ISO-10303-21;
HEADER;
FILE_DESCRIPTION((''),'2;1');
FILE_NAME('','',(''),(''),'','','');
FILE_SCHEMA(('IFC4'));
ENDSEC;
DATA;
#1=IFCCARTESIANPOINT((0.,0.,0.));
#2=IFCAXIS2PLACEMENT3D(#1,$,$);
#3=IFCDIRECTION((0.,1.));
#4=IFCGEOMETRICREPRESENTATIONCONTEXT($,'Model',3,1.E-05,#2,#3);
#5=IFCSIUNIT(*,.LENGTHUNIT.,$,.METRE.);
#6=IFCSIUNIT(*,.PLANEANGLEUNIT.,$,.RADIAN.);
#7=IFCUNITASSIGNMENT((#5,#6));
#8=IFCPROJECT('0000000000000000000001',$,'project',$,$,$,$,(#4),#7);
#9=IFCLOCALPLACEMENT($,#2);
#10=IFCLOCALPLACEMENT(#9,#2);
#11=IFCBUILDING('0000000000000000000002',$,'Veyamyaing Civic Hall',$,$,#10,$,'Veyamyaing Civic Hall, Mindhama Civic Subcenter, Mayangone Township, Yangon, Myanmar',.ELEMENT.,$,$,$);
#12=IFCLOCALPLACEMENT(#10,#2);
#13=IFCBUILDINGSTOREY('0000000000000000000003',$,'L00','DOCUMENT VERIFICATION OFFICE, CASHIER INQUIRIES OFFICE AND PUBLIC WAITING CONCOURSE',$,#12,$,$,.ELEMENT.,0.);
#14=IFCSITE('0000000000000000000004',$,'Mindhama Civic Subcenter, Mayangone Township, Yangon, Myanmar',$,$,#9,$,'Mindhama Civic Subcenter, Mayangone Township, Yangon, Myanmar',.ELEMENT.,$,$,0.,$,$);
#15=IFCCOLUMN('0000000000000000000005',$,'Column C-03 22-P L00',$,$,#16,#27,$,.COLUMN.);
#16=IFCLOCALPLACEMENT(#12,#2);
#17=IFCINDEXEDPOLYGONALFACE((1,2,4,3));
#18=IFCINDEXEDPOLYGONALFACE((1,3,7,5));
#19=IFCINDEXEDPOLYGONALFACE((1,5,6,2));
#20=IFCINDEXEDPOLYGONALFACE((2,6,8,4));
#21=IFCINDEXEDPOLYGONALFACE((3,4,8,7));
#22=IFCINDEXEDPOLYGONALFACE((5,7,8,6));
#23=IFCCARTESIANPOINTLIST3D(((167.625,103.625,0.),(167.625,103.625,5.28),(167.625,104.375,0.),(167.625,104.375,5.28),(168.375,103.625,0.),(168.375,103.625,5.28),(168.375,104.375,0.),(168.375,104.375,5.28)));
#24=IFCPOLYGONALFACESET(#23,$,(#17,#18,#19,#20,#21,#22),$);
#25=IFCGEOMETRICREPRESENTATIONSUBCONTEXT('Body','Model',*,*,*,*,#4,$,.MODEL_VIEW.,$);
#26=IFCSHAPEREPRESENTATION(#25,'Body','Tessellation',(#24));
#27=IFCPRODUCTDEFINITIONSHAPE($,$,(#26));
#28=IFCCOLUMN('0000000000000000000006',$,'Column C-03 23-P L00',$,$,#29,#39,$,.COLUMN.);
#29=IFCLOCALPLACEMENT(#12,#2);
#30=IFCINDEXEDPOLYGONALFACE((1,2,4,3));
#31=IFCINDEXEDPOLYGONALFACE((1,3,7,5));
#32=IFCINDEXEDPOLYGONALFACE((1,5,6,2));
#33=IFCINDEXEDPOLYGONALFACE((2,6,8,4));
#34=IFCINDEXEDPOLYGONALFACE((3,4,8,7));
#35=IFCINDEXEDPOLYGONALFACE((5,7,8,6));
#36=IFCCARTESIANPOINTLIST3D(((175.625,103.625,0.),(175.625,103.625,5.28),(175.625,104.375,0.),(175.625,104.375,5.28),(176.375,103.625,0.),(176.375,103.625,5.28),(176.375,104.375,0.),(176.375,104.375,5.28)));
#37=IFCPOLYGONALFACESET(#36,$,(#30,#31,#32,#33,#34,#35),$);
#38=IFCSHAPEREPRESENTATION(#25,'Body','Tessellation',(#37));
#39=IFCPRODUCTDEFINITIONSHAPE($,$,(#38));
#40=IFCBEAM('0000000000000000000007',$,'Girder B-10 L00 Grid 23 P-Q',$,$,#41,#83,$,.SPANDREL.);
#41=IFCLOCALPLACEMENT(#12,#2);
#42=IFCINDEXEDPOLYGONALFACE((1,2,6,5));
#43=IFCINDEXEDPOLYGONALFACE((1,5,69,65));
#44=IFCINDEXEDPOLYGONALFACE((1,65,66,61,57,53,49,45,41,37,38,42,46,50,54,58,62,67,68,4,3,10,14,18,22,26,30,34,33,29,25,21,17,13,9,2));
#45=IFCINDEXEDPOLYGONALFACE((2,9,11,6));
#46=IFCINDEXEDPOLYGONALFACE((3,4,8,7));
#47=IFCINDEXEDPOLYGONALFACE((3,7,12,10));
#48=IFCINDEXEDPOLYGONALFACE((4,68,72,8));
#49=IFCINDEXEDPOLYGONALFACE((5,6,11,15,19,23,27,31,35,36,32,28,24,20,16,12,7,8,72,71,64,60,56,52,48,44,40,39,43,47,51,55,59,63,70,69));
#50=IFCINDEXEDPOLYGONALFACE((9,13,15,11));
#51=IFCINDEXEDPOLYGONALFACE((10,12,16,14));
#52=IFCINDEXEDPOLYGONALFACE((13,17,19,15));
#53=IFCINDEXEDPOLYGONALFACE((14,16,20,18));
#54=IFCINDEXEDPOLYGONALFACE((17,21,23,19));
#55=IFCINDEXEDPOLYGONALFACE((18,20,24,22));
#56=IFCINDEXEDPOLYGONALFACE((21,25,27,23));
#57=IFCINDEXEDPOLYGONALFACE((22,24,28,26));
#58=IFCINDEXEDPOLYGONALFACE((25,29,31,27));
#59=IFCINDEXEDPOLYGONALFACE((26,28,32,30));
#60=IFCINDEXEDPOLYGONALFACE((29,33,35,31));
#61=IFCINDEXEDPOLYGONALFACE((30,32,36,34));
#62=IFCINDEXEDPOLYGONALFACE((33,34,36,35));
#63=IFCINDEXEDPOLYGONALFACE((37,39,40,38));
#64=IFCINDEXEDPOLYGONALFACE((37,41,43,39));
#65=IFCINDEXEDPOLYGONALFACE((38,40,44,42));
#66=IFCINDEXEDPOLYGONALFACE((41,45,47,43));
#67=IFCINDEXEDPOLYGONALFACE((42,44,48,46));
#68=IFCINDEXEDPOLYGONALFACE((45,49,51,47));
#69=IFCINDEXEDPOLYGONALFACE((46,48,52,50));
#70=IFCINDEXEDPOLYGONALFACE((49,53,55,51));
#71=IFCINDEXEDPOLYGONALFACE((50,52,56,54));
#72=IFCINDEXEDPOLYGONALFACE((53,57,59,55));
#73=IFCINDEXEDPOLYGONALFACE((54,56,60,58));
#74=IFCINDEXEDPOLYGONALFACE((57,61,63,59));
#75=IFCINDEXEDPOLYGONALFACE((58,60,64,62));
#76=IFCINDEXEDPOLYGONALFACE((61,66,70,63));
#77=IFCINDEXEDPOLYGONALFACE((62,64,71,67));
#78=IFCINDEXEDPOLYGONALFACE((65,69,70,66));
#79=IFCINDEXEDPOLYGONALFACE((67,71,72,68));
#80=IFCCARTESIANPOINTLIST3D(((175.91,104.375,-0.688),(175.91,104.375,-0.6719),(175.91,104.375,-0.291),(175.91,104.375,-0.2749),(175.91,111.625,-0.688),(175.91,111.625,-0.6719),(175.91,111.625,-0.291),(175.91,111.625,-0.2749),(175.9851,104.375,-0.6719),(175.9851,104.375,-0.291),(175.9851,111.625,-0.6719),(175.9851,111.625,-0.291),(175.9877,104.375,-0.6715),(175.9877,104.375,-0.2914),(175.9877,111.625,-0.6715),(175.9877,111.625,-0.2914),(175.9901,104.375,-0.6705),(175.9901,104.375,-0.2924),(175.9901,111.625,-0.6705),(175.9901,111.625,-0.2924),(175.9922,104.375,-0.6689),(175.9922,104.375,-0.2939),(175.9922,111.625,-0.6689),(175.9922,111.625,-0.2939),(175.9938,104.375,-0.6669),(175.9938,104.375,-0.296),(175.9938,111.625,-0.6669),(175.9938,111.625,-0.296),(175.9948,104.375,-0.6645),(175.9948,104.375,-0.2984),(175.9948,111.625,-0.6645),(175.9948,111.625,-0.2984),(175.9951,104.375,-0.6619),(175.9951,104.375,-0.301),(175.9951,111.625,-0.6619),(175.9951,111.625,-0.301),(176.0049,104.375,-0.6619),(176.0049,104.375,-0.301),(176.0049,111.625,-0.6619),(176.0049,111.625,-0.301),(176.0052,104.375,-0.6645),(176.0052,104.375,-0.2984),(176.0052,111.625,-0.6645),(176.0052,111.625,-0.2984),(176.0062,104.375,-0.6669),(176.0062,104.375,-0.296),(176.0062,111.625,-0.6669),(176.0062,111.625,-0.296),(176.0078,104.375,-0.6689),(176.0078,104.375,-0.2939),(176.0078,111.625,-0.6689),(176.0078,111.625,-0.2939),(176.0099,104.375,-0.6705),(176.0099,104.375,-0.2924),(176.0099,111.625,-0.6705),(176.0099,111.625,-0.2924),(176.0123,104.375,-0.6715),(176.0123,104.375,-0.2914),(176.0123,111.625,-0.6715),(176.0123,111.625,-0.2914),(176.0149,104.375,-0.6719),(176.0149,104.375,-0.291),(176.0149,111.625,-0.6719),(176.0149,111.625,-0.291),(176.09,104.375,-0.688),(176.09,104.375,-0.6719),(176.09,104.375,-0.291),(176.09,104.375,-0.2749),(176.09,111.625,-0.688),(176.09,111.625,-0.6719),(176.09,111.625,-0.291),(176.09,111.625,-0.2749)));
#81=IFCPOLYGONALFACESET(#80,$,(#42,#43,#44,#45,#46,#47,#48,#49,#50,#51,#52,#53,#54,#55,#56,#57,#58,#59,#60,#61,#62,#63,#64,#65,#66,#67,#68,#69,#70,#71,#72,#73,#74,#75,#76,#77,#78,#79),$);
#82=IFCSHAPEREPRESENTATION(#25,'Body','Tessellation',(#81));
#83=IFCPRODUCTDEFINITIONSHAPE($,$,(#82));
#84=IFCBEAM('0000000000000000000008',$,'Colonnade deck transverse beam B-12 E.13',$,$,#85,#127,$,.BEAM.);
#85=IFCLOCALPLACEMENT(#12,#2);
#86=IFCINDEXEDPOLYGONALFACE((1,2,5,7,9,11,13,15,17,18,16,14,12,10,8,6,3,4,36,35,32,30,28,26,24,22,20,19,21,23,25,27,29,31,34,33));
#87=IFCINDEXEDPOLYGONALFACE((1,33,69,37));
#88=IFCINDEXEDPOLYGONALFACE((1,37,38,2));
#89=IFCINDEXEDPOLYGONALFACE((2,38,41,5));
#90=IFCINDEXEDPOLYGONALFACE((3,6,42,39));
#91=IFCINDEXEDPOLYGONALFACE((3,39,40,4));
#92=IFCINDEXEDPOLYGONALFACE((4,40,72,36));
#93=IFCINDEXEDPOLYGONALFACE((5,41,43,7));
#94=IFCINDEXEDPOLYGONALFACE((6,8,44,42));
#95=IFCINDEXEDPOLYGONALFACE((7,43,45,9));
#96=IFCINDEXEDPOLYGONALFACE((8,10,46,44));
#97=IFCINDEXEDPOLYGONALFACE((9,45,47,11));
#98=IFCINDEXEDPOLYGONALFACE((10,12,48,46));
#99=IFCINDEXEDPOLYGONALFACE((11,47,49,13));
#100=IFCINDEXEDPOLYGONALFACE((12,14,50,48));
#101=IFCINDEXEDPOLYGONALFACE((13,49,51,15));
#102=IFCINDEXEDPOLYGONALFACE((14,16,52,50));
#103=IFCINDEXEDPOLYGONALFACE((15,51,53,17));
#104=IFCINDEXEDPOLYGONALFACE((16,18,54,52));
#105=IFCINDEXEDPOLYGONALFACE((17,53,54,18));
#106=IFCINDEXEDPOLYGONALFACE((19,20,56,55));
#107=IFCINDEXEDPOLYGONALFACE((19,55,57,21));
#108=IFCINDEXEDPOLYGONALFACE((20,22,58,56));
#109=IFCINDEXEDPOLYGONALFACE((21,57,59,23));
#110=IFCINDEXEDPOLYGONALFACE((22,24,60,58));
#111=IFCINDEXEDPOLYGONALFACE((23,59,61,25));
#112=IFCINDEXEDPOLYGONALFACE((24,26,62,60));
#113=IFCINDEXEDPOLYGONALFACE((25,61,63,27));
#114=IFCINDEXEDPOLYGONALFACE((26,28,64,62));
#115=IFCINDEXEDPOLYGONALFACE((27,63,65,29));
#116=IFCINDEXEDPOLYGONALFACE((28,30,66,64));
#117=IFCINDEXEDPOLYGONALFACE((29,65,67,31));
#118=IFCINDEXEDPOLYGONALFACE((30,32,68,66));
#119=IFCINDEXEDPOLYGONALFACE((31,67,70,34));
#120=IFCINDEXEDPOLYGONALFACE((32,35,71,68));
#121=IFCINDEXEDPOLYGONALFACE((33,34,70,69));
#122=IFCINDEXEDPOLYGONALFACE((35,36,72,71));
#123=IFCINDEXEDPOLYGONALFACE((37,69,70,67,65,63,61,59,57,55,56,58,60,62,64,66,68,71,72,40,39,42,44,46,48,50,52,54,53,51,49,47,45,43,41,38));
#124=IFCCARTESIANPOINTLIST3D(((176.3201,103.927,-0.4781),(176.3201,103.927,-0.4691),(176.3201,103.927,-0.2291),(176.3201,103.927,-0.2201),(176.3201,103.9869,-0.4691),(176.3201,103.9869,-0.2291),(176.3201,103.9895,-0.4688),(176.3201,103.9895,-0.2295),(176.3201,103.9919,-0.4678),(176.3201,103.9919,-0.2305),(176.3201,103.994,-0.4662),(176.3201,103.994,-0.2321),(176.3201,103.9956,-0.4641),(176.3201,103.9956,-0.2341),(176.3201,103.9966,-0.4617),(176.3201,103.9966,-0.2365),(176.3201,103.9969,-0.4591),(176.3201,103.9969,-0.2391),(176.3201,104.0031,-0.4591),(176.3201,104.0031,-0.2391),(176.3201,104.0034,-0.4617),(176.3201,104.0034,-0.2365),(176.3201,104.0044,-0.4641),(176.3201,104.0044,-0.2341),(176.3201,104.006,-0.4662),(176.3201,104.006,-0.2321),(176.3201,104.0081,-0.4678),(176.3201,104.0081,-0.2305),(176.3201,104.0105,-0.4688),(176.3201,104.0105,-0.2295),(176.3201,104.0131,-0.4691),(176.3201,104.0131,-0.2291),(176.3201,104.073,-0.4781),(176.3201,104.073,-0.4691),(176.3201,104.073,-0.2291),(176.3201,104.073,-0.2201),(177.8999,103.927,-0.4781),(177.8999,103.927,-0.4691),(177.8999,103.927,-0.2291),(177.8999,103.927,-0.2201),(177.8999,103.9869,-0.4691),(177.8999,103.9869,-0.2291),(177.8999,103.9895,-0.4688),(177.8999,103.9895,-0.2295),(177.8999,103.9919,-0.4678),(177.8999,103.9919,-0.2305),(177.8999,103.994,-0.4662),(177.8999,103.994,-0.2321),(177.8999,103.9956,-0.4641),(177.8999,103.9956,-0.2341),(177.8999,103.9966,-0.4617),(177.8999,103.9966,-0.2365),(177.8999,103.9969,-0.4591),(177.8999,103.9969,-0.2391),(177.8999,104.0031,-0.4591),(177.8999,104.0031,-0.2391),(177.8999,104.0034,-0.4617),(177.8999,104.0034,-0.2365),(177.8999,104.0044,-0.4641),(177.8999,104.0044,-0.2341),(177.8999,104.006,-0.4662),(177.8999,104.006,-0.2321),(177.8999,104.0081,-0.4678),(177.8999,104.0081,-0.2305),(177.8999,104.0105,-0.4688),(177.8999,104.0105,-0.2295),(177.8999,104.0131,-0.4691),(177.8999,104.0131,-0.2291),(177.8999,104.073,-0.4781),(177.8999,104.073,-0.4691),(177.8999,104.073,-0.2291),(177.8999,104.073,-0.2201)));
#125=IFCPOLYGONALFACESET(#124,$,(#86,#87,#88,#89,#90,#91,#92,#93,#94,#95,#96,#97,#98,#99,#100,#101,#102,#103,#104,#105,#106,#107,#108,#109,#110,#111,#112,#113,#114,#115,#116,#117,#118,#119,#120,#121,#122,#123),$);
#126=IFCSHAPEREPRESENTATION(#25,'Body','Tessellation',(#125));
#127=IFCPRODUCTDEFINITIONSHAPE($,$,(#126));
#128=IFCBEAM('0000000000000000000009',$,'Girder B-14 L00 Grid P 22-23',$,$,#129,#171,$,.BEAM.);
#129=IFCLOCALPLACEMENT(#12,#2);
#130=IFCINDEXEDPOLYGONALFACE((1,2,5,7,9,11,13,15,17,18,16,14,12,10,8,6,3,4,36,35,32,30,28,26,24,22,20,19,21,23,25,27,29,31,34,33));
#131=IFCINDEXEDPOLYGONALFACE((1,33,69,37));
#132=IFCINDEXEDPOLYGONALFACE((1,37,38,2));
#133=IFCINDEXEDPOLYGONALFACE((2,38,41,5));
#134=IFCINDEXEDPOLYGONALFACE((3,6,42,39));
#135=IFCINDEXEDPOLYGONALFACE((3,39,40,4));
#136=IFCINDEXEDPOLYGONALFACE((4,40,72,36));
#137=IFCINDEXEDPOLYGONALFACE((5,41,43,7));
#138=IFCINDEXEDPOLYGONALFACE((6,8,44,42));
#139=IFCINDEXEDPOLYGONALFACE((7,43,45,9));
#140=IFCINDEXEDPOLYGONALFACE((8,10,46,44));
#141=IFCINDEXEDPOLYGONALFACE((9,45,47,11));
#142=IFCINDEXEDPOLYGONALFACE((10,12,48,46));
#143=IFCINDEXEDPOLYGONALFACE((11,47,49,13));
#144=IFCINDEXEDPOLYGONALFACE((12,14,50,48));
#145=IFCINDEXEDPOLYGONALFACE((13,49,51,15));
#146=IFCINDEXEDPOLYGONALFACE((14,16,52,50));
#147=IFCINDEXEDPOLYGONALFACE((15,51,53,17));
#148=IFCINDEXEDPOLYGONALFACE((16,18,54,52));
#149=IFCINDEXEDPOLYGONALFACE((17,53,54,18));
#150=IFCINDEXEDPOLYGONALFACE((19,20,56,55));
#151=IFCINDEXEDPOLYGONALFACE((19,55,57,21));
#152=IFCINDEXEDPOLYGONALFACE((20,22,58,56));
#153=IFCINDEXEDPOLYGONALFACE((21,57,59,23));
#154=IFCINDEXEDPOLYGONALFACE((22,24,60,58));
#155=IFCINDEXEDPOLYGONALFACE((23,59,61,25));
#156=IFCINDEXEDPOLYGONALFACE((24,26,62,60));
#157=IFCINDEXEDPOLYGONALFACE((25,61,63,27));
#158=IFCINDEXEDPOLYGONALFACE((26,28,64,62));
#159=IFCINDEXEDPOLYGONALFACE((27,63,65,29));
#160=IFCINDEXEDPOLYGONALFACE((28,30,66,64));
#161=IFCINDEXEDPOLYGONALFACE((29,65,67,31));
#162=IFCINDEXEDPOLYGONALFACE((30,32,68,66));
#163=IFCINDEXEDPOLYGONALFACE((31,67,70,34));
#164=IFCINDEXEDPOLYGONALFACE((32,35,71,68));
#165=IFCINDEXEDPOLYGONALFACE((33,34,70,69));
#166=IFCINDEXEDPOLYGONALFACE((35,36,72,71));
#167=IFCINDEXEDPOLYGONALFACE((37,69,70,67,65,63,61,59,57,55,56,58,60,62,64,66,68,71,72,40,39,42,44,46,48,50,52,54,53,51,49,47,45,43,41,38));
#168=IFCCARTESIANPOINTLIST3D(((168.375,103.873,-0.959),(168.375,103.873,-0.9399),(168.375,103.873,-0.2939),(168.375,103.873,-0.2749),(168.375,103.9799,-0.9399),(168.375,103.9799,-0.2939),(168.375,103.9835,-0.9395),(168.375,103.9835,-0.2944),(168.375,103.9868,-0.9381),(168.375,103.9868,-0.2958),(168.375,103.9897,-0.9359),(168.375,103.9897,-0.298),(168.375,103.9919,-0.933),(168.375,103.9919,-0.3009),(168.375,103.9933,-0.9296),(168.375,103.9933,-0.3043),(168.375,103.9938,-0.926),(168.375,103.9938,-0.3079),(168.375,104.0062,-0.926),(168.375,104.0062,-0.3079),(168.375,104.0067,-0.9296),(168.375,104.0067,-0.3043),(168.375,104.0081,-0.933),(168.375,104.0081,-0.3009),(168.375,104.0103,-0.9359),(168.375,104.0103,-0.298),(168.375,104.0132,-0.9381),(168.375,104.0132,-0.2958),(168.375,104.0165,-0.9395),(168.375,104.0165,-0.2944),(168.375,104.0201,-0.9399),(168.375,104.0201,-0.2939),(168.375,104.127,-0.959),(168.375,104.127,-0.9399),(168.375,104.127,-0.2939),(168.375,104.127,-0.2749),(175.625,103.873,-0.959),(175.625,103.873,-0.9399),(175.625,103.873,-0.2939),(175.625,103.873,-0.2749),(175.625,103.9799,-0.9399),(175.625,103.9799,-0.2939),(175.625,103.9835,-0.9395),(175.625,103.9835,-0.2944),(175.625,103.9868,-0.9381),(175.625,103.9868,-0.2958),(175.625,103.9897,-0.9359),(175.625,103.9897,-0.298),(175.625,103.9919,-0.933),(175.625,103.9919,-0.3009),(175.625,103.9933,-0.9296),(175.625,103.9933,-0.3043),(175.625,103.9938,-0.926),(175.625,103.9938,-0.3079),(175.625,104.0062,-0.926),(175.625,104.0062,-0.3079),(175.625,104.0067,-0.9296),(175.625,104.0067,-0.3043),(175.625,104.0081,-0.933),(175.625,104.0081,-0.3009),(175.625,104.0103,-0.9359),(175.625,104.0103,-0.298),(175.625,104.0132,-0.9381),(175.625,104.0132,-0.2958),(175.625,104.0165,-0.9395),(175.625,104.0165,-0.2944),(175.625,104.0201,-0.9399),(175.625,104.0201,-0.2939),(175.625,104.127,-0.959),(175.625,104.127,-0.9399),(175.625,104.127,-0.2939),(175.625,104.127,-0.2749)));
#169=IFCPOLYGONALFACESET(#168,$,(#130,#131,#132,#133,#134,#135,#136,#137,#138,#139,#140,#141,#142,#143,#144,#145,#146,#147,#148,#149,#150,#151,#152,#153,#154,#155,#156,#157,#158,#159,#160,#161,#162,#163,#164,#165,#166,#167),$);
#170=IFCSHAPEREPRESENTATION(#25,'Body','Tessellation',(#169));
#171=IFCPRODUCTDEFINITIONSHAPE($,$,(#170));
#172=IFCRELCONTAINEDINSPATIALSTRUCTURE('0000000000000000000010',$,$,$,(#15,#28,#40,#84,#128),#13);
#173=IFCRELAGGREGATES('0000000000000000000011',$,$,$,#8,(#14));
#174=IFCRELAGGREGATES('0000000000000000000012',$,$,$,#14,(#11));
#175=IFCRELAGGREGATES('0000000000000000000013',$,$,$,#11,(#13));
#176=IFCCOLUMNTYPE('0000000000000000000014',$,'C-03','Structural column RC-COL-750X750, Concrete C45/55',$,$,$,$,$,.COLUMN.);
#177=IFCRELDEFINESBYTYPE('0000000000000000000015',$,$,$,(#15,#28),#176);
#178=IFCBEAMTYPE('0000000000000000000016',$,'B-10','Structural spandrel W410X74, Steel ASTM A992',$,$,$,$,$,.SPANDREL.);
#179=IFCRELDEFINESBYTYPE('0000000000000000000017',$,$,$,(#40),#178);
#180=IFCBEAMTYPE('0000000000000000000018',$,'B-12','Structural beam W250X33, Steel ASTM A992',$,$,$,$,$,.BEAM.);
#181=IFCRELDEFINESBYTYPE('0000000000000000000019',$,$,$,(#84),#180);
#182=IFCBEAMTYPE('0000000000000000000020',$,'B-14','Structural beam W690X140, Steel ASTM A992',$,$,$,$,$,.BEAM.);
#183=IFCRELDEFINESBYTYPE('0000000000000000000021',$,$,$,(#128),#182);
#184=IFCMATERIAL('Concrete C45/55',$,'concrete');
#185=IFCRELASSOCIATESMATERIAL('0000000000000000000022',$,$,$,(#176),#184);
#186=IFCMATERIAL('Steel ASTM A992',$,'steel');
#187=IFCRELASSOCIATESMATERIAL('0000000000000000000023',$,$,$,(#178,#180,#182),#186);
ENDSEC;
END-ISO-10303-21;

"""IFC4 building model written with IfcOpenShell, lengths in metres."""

from ifc_helpers import new_model, si_unit, direction, frame, origin, origin_2d, place, context, subcontext, project, spatial, rectangle, i_section, extrude, material, material_profile, profile_set, type_object, element, save


model = new_model("IFC4")

# Units and contexts
model_context = context("Model", 3, precision=1e-05, world=origin(), true_north=direction((0.0, 1.0)))
body_context = subcontext(model_context, "Body", "Model", "MODEL_VIEW")
ifc_project = project(units=[si_unit("LENGTHUNIT", "METRE"), si_unit("PLANEANGLEUNIT", "RADIAN")], contexts=[model_context])

# Site, building, storey
site_placement = place(None, origin())
site = spatial("IfcSite", under=ifc_project, at=site_placement, Name="Mindhama Civic Subcenter, Mayangone Township, Yangon, Myanmar", LongName="Mindhama Civic Subcenter, Mayangone Township, Yangon, Myanmar", CompositionType="ELEMENT", RefElevation=0.0)
building_placement = place(site_placement, origin())
building = spatial("IfcBuilding", under=site, at=building_placement, Name="Veyamyaing Civic Hall", LongName="Veyamyaing Civic Hall, Mindhama Civic Subcenter, Mayangone Township, Yangon, Myanmar", CompositionType="ELEMENT")
storey_placement = place(building_placement, origin())
storey = spatial("IfcBuildingStorey", under=building, at=storey_placement, Name="L00", Description="DOCUMENT VERIFICATION OFFICE, CASHIER INQUIRIES OFFICE AND PUBLIC WAITING CONCOURSE", CompositionType="ELEMENT", Elevation=0.0)

# Columns
ifc_material_1 = material(Name="Concrete C45/55", Category="concrete")
ifc_material_profile_1 = material_profile(ifc_material_1, rectangle(XDim=0.75, YDim=0.75, at=origin_2d()), Name="RC-COL-750X750")
ifc_profile_set_1 = profile_set([ifc_material_profile_1], Name="Concrete C45/55")
column_type = type_object("IfcColumnType", Name="C-03", Description="Structural column RC-COL-750X750, Concrete C45/55", PredefinedType="COLUMN", material=ifc_profile_set_1)
for number, where, z_axis, x_axis, name in (
    (1, (168.0, 104.0, 0.0), (0.0, 0.0, 1.0), (1.0, 0.0, 0.0), "Column C-03 22-P L00"),
    (2, (176.0, 104.0, 0.0), (0.0, 0.0, 1.0), (1.0, 0.0, 0.0), "Column C-03 23-P L00"),
):
    element("IfcColumn", number, at=place(storey_placement, frame(where, z_axis=z_axis, x_axis=x_axis)), inside=storey, type_object=column_type, Name=name, PredefinedType="COLUMN", context=body_context, shape_type="SweptSolid", body=[
        extrude(rectangle(XDim=0.75, YDim=0.75, at=origin_2d()), origin(), (0.0, 0.0, 1.0), 5.28),
    ])

# Beams
ifc_material_2 = material(Name="Steel ASTM A992", Category="steel")
ifc_material_profile_2 = material_profile(ifc_material_2, i_section(OverallWidth=0.1799, OverallDepth=0.4131, WebThickness=0.0098, FlangeThickness=0.0161, FilletRadius=0.01, at=origin_2d()), Name="W410X74")
ifc_profile_set_2 = profile_set([ifc_material_profile_2], Name="Steel ASTM A992")
beam_type_1 = type_object("IfcBeamType", Name="B-10", Description="Structural spandrel W410X74, Steel ASTM A992", PredefinedType="SPANDREL", material=ifc_profile_set_2)
beam_1_placement = place(storey_placement, frame((176.0, 104.375, -0.4814), z_axis=(0.0, 1.0, 0.0), x_axis=(-1.0, 0.0, 0.0)))
element("IfcBeam", 3, at=beam_1_placement, inside=storey, type_object=beam_type_1, Name="Girder B-10 L00 Grid 23 P-Q", PredefinedType="SPANDREL", context=body_context, shape_type="SweptSolid", body=[
    extrude(i_section(OverallWidth=0.1799, OverallDepth=0.4131, WebThickness=0.0098, FlangeThickness=0.0161, FilletRadius=0.01, at=origin_2d()), origin(), (0.0, 0.0, 1.0), 7.25),
])
ifc_material_profile_3 = material_profile(ifc_material_2, i_section(OverallWidth=0.146, OverallDepth=0.2581, WebThickness=0.0061, FlangeThickness=0.009, FilletRadius=0.01, at=origin_2d()), Name="W250X33")
ifc_profile_set_3 = profile_set([ifc_material_profile_3], Name="Steel ASTM A992")
beam_type_2 = type_object("IfcBeamType", Name="B-12", Description="Structural beam W250X33, Steel ASTM A992", PredefinedType="BEAM", material=ifc_profile_set_3)
beam_2_placement = place(storey_placement, frame((176.3201, 104.0, -0.3491), z_axis=(1.0, 0.0, 0.0), x_axis=(0.0, 1.0, 0.0)))
element("IfcBeam", 4, at=beam_2_placement, inside=storey, type_object=beam_type_2, Name="Colonnade deck transverse beam B-12 E.13", PredefinedType="BEAM", context=body_context, shape_type="SweptSolid", body=[
    extrude(i_section(OverallWidth=0.146, OverallDepth=0.2581, WebThickness=0.0061, FlangeThickness=0.009, FilletRadius=0.01, at=origin_2d()), origin(), (0.0, 0.0, 1.0), 1.5798),
])
ifc_material_profile_4 = material_profile(ifc_material_2, i_section(OverallWidth=0.2539, OverallDepth=0.6841, WebThickness=0.0125, FlangeThickness=0.019, FilletRadius=0.0139, at=origin_2d()), Name="W690X140")
ifc_profile_set_4 = profile_set([ifc_material_profile_4], Name="Steel ASTM A992")
beam_type_3 = type_object("IfcBeamType", Name="B-14", Description="Structural beam W690X140, Steel ASTM A992", PredefinedType="BEAM", material=ifc_profile_set_4)
beam_3_placement = place(storey_placement, frame((168.375, 104.0, -0.6169), z_axis=(1.0, 0.0, 0.0), x_axis=(0.0, 1.0, 0.0)))
element("IfcBeam", 5, at=beam_3_placement, inside=storey, type_object=beam_type_3, Name="Girder B-14 L00 Grid P 22-23", PredefinedType="BEAM", context=body_context, shape_type="SweptSolid", body=[
    extrude(i_section(OverallWidth=0.2539, OverallDepth=0.6841, WebThickness=0.0125, FlangeThickness=0.019, FilletRadius=0.0139, at=origin_2d()), origin(), (0.0, 0.0, 1.0), 7.25),
])

save(model, "model.ifc")
